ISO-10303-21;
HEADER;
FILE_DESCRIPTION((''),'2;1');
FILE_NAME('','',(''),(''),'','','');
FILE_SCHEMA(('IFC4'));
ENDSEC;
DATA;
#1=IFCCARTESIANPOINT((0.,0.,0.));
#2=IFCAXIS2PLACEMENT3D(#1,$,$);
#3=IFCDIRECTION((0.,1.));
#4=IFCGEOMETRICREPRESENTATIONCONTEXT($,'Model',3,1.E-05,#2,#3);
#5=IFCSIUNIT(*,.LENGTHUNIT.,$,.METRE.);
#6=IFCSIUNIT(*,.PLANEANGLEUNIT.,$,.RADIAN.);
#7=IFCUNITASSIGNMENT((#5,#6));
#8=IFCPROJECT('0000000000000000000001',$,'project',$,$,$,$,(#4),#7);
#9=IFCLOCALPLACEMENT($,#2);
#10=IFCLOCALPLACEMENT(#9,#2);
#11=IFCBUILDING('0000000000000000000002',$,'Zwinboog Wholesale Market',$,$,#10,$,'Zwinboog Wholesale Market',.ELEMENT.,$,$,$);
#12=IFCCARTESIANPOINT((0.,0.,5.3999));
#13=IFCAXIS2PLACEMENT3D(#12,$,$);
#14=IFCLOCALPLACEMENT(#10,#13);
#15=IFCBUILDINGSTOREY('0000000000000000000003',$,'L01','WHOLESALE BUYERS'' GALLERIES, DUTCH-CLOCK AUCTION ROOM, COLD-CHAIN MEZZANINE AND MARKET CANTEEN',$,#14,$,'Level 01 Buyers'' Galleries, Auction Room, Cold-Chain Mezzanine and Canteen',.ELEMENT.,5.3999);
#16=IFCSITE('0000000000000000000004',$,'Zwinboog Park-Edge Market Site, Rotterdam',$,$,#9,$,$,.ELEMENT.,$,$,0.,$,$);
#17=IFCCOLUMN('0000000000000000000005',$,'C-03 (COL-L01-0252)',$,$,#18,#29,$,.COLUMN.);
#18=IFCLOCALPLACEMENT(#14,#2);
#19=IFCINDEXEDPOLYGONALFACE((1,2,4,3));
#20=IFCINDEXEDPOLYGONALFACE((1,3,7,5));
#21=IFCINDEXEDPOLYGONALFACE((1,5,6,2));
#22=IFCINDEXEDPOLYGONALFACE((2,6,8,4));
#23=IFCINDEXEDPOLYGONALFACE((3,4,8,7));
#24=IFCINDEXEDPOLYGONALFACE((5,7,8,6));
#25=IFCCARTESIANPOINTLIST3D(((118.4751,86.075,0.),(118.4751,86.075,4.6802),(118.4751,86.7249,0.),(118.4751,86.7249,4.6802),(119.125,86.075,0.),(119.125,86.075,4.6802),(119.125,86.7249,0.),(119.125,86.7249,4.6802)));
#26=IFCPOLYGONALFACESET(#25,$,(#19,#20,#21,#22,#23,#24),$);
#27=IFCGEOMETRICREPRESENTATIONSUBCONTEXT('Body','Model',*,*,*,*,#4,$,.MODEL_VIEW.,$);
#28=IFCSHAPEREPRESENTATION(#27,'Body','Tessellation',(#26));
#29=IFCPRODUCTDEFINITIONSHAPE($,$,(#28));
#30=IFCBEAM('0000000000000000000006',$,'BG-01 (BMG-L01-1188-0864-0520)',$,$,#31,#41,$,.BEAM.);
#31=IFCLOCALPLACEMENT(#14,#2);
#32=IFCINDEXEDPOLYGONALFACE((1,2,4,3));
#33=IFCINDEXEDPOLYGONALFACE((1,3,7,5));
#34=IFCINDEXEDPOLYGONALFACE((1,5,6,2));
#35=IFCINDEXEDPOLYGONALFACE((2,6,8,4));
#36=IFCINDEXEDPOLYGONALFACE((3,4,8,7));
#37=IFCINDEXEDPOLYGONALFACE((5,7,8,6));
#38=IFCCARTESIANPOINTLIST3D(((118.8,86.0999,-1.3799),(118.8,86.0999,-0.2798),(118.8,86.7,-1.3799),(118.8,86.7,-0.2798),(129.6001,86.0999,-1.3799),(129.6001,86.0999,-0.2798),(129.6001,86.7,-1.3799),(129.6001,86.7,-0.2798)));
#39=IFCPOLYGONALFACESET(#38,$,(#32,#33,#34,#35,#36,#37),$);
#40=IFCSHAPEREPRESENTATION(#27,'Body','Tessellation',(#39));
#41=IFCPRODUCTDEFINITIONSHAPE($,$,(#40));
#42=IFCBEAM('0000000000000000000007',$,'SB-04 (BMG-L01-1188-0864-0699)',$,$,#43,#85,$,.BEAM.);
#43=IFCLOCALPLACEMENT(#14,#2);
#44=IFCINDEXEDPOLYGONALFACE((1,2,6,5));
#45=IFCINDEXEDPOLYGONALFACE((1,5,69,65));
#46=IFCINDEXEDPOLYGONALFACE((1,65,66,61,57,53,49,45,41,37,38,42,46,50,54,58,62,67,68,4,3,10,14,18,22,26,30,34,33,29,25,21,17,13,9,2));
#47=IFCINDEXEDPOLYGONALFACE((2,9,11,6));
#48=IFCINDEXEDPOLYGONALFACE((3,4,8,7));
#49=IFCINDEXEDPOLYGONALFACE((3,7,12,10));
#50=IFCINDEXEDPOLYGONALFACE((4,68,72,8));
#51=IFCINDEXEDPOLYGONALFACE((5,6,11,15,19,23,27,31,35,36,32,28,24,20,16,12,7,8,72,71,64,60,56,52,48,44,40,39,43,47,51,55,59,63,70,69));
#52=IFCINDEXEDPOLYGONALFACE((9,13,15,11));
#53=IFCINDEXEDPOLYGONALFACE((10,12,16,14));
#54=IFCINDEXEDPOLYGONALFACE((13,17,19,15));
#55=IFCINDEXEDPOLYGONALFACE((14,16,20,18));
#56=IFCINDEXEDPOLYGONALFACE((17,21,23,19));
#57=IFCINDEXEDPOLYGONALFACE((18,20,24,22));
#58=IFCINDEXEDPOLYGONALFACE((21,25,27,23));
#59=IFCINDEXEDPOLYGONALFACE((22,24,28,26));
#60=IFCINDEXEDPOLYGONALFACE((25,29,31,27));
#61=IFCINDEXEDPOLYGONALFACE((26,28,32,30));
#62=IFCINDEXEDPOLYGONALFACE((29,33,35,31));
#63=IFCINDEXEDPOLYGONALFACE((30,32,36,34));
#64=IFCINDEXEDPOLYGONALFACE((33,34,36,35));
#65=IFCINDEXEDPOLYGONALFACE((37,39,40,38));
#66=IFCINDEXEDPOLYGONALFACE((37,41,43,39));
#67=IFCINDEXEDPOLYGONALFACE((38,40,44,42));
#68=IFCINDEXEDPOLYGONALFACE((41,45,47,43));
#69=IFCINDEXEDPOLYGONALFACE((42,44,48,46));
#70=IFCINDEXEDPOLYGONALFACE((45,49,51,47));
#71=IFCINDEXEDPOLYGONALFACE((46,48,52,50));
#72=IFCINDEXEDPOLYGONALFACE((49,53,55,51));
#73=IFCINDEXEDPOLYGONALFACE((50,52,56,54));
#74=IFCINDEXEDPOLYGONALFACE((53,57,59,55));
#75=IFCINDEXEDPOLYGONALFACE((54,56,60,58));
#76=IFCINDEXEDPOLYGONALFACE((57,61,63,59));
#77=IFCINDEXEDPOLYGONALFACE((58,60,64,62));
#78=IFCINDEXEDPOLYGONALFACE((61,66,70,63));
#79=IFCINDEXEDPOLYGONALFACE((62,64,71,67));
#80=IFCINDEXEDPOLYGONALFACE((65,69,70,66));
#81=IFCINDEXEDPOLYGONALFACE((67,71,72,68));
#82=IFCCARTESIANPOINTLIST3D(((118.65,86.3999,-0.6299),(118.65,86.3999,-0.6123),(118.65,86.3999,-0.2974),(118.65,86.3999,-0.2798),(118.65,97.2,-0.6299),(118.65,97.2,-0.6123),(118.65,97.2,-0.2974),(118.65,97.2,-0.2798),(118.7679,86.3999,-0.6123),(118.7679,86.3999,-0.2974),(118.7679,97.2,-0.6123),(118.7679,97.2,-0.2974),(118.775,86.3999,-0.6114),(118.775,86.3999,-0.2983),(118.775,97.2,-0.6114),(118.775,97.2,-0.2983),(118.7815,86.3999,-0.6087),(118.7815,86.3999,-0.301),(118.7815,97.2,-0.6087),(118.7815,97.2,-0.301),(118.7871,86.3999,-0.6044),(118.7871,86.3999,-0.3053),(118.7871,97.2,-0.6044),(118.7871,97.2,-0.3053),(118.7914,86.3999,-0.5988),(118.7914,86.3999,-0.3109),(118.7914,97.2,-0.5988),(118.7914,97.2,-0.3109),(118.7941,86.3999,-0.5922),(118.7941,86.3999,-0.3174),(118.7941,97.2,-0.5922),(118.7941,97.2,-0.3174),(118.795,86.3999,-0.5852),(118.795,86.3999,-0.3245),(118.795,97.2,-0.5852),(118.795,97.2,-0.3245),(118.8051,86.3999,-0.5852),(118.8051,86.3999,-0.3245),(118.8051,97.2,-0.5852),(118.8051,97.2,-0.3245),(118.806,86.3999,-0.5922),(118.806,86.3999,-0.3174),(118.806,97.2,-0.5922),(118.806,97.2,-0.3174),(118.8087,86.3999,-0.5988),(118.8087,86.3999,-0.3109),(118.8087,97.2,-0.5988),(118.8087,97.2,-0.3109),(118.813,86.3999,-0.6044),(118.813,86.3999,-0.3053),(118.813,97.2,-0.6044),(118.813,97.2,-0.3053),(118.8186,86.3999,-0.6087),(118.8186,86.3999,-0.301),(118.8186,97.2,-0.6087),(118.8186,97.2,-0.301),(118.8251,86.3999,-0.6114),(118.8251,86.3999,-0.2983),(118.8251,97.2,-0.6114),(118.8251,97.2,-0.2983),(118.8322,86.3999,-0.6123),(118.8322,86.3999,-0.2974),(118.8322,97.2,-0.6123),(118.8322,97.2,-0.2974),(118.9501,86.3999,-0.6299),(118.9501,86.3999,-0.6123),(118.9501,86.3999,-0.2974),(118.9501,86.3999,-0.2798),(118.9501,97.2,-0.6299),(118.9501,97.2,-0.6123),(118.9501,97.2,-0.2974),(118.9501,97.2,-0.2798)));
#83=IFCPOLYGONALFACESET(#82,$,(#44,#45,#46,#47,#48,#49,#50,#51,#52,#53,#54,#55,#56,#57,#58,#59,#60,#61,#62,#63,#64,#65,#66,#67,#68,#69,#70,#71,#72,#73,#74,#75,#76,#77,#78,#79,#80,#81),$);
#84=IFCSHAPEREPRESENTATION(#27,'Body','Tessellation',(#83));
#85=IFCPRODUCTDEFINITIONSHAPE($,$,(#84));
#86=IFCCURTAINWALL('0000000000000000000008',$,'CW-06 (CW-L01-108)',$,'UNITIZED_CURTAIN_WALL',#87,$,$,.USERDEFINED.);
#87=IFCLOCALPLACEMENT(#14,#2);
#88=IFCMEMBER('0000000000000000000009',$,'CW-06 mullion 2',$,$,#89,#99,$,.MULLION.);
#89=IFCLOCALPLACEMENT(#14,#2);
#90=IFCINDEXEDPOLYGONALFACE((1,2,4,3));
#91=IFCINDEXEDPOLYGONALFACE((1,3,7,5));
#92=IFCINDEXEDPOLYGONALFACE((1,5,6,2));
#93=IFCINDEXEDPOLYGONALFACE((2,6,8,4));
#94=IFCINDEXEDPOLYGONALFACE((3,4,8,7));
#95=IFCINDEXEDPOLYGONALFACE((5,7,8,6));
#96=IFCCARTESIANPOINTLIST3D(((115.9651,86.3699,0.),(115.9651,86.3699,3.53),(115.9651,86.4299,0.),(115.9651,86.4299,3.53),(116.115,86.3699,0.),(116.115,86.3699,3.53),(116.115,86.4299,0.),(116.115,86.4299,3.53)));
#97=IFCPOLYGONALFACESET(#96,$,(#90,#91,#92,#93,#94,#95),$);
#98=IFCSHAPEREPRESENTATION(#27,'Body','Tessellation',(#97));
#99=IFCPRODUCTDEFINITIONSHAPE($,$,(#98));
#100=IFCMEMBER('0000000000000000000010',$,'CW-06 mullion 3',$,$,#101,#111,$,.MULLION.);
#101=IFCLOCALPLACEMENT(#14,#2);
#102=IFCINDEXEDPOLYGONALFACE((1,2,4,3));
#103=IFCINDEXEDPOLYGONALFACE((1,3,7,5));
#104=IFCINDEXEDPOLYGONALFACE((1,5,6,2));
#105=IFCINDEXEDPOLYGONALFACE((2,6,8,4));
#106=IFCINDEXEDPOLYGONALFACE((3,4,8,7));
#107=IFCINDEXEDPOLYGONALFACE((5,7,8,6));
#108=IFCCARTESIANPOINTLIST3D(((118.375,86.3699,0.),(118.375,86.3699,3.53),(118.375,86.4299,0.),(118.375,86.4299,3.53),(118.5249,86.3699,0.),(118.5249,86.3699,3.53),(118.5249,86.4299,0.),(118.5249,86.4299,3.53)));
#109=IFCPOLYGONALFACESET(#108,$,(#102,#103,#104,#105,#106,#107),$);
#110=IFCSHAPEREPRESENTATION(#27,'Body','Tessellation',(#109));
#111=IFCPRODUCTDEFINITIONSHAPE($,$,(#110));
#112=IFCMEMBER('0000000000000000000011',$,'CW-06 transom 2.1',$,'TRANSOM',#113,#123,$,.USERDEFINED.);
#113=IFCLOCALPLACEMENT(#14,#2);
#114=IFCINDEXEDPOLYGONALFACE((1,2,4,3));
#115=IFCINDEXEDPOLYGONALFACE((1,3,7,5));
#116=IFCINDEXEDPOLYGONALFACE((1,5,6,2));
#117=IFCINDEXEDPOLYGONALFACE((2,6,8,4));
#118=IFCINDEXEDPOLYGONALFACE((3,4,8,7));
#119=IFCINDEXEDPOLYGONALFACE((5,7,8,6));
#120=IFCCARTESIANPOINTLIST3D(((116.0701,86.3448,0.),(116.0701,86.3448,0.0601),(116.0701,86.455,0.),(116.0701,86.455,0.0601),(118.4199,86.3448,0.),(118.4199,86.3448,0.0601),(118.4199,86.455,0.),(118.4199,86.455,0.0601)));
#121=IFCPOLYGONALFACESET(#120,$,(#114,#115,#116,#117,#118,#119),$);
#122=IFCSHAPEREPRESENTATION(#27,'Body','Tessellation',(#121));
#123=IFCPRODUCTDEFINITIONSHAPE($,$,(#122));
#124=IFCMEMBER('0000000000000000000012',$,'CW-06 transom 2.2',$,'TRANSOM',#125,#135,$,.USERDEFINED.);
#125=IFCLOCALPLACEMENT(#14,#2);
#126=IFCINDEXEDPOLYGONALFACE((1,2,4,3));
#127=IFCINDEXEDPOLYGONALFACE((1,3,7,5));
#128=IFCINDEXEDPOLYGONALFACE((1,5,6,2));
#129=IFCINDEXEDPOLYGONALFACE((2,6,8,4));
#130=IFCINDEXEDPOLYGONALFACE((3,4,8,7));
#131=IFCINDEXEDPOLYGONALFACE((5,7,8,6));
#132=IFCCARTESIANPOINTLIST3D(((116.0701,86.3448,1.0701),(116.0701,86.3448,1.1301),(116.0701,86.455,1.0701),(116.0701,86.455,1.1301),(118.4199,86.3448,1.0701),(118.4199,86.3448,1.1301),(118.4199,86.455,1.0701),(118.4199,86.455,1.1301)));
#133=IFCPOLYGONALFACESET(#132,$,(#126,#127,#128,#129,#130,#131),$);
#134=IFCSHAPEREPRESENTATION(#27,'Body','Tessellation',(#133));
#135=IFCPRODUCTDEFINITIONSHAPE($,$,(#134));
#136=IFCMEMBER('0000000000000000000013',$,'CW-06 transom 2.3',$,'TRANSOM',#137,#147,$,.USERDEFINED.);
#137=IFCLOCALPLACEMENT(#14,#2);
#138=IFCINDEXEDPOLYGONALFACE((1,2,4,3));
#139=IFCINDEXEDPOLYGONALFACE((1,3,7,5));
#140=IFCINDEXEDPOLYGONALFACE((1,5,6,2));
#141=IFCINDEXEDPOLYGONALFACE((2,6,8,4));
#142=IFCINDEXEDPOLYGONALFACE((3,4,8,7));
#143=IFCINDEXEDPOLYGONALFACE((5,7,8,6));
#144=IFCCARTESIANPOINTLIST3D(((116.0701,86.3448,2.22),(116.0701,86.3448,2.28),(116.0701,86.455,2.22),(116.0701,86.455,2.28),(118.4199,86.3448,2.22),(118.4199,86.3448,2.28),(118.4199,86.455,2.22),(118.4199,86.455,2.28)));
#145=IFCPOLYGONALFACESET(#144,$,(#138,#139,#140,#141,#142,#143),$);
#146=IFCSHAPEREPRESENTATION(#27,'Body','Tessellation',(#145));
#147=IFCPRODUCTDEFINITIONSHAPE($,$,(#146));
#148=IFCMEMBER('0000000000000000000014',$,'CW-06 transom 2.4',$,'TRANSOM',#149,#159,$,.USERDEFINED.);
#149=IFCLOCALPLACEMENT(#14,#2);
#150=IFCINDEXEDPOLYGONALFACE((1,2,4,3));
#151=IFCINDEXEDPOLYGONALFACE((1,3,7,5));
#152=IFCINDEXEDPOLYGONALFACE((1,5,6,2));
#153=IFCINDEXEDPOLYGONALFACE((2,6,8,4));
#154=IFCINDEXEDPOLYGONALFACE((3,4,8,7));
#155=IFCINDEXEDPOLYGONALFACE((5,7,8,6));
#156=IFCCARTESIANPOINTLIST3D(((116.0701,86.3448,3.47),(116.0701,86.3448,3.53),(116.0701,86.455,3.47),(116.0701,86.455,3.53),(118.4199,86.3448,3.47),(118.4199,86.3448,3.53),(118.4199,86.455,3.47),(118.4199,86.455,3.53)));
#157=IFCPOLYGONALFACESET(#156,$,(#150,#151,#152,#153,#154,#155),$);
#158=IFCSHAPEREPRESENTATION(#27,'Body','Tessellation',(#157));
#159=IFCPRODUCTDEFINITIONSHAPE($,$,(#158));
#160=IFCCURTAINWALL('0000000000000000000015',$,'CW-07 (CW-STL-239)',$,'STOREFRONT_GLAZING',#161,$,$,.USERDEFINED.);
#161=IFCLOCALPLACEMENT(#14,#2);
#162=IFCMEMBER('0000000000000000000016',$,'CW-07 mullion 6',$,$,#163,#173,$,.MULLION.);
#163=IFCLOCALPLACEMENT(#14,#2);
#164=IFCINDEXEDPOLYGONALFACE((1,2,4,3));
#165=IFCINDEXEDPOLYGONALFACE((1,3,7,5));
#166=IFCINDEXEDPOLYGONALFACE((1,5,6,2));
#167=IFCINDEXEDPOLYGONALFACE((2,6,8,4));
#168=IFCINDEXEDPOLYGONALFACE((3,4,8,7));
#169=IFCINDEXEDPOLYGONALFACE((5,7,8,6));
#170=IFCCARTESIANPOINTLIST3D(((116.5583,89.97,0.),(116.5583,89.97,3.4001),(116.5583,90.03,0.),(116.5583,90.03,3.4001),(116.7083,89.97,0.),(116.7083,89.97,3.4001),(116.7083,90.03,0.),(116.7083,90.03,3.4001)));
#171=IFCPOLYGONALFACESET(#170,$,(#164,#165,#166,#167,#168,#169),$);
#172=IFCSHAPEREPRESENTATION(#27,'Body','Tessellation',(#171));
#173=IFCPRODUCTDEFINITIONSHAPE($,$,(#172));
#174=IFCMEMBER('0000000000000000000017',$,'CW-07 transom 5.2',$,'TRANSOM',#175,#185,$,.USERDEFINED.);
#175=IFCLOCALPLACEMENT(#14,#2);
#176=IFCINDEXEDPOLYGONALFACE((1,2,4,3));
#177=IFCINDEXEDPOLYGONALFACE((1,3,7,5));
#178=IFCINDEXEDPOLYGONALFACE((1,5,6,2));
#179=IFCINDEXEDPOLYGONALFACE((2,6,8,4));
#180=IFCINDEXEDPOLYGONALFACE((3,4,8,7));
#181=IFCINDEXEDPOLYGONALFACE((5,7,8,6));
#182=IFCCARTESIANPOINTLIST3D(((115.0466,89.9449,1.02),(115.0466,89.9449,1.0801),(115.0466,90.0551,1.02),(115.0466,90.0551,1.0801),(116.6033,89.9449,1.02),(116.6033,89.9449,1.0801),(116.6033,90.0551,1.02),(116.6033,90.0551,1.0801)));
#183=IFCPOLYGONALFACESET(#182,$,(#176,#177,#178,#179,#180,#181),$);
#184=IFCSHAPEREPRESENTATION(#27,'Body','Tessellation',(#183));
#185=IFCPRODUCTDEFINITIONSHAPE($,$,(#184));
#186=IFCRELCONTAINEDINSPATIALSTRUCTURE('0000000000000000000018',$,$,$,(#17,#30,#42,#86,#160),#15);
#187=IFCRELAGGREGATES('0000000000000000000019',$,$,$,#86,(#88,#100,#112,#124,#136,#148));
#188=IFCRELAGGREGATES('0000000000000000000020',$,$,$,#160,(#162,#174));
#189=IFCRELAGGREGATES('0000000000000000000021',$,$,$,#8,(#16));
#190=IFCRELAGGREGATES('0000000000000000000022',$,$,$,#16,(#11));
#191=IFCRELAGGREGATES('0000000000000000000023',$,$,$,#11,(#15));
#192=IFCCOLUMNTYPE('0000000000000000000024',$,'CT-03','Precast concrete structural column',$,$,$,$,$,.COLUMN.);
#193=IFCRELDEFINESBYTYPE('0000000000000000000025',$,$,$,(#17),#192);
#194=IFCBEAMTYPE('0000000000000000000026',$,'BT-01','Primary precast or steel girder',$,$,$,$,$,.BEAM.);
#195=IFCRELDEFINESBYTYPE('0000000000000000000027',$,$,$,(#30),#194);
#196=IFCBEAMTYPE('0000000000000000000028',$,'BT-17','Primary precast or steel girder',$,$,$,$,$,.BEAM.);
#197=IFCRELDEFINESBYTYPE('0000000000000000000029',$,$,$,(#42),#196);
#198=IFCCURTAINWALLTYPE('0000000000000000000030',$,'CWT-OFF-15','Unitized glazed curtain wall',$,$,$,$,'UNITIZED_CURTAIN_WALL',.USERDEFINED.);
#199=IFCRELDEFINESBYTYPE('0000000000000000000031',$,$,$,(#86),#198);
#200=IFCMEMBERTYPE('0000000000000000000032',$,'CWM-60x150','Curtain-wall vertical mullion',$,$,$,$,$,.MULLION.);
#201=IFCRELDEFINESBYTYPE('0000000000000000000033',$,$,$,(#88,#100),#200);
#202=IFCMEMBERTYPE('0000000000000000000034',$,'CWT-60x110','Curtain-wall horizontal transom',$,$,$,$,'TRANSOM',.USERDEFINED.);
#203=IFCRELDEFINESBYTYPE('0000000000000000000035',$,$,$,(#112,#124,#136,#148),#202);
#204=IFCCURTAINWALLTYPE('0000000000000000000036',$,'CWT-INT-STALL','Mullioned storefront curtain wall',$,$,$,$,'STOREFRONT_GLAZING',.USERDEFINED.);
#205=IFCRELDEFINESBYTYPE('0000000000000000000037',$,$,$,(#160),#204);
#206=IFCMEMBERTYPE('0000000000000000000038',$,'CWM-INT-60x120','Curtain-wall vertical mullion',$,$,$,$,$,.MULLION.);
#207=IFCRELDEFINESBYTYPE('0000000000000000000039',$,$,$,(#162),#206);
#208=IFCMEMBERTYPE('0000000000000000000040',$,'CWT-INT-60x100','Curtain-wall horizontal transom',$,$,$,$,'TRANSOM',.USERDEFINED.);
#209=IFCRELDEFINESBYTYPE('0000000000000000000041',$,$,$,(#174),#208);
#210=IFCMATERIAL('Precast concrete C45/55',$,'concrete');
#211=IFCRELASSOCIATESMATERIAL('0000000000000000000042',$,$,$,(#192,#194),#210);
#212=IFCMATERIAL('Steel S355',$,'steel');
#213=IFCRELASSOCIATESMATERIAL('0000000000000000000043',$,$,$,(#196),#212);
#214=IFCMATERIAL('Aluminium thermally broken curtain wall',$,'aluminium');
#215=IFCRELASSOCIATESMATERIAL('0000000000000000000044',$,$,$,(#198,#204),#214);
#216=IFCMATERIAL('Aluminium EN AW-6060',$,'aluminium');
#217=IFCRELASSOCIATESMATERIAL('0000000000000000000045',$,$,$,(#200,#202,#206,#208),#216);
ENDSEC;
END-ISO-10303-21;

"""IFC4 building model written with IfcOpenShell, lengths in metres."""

from ifc_helpers import new_model, si_unit, direction, frame, origin, origin_2d, place, context, subcontext, project, spatial, rectangle, i_section, extrude, material, material_profile, profile_set, type_object, element, aggregate, save


model = new_model("IFC4")

# Units and contexts
model_context = context("Model", 3, precision=1e-05, world=origin(), true_north=direction((0.0, 1.0)))
body_context = subcontext(model_context, "Body", "Model", "MODEL_VIEW")
ifc_project = project(units=[si_unit("LENGTHUNIT", "METRE"), si_unit("PLANEANGLEUNIT", "RADIAN")], contexts=[model_context])

# Site, building, storey
site_placement = place(None, origin())
site = spatial("IfcSite", under=ifc_project, at=site_placement, Name="Zwinboog Park-Edge Market Site, Rotterdam", CompositionType="ELEMENT", RefElevation=0.0)
building_placement = place(site_placement, origin())
building = spatial("IfcBuilding", under=site, at=building_placement, Name="Zwinboog Wholesale Market", LongName="Zwinboog Wholesale Market", CompositionType="ELEMENT")
storey_placement = place(building_placement, frame((0.0, 0.0, 5.3999)))
storey = spatial("IfcBuildingStorey", under=building, at=storey_placement, Name="L01", Description="WHOLESALE BUYERS' GALLERIES, DUTCH-CLOCK AUCTION ROOM, COLD-CHAIN MEZZANINE AND MARKET CANTEEN", LongName="Level 01 Buyers' Galleries, Auction Room, Cold-Chain Mezzanine and Canteen", CompositionType="ELEMENT", Elevation=5.3999)

# Column
ifc_material_1 = material(Name="Precast concrete C45/55", Category="concrete")
ifc_material_profile_1 = material_profile(ifc_material_1, rectangle(XDim=0.6499, YDim=0.6499, at=origin_2d()), Name="PC 650x650")
ifc_profile_set_1 = profile_set([ifc_material_profile_1], Name="Precast concrete C45/55")
column_type = type_object("IfcColumnType", Name="CT-03", Description="Precast concrete structural column", PredefinedType="COLUMN", material=ifc_profile_set_1)
column_placement = place(storey_placement, frame((118.8, 86.3999, 0.0), z_axis=(0.0, 0.0, 1.0), x_axis=(1.0, 0.0, 0.0)))
element("IfcColumn", 1, at=column_placement, inside=storey, type_object=column_type, Name="C-03 (COL-L01-0252)", PredefinedType="COLUMN", context=body_context, shape_type="SweptSolid", body=[
    extrude(rectangle(XDim=0.6499, YDim=0.6499, at=origin_2d()), origin(), (0.0, 0.0, 1.0), 4.6802),
])

# Beams
ifc_material_profile_2 = material_profile(ifc_material_1, rectangle(XDim=0.6001, YDim=1.1001, at=origin_2d()), Name="PC 600x1100")
ifc_profile_set_2 = profile_set([ifc_material_profile_2], Name="Precast concrete C45/55")
beam_type_1 = type_object("IfcBeamType", Name="BT-01", Description="Primary precast or steel girder", PredefinedType="BEAM", material=ifc_profile_set_2)
beam_1_placement = place(storey_placement, frame((118.8, 86.3999, -0.8298), z_axis=(1.0, 0.0, 0.0), x_axis=(0.0, 1.0, 0.0)))
element("IfcBeam", 2, at=beam_1_placement, inside=storey, type_object=beam_type_1, Name="BG-01 (BMG-L01-1188-0864-0520)", PredefinedType="BEAM", context=body_context, shape_type="SweptSolid", body=[
    extrude(rectangle(XDim=0.6001, YDim=1.1001, at=origin_2d()), origin(), (0.0, 0.0, 1.0), 10.8),
])
ifc_material_2 = material(Name="Steel S355", Category="steel")
ifc_material_profile_3 = material_profile(ifc_material_2, i_section(OverallWidth=0.3, OverallDepth=0.3501, WebThickness=0.01, FlangeThickness=0.0176, FilletRadius=0.0271, at=origin_2d()), Name="HEA 360")
ifc_profile_set_3 = profile_set([ifc_material_profile_3], Name="Steel S355")
beam_type_2 = type_object("IfcBeamType", Name="BT-17", Description="Primary precast or steel girder", PredefinedType="BEAM", material=ifc_profile_set_3)
beam_2_placement = place(storey_placement, frame((118.8, 86.3999, -0.4548), z_axis=(0.0, 1.0, 0.0), x_axis=(-1.0, 0.0, 0.0)))
element("IfcBeam", 3, at=beam_2_placement, inside=storey, type_object=beam_type_2, Name="SB-04 (BMG-L01-1188-0864-0699)", PredefinedType="BEAM", context=body_context, shape_type="SweptSolid", body=[
    extrude(i_section(OverallWidth=0.3, OverallDepth=0.3501, WebThickness=0.01, FlangeThickness=0.0176, FilletRadius=0.0271, at=origin_2d()), origin(), (0.0, 0.0, 1.0), 10.8),
])

# Curtain walls, members
ifc_material_3 = material(Name="Aluminium thermally broken curtain wall", Category="aluminium")
curtain_wall_type_1 = type_object("IfcCurtainWallType", Name="CWT-OFF-15", Description="Unitized glazed curtain wall", ElementType="UNITIZED_CURTAIN_WALL", PredefinedType="USERDEFINED", material=ifc_material_3)
curtain_wall_1_placement = place(storey_placement, origin())
curtain_wall_1 = element("IfcCurtainWall", 4, at=curtain_wall_1_placement, inside=storey, type_object=curtain_wall_type_1, Name="CW-06 (CW-L01-108)", ObjectType="UNITIZED_CURTAIN_WALL", PredefinedType="USERDEFINED")
ifc_material_4 = material(Name="Aluminium EN AW-6060", Category="aluminium")
ifc_material_profile_4 = material_profile(ifc_material_4, rectangle(XDim=0.0601, YDim=0.1499, at=origin_2d()), Name="AL 60x150")
ifc_profile_set_4 = profile_set([ifc_material_profile_4], Name="Aluminium EN AW-6060")
member_type_1 = type_object("IfcMemberType", Name="CWM-60x150", Description="Curtain-wall vertical mullion", PredefinedType="MULLION", material=ifc_profile_set_4)
member_1_placement = place(storey_placement, frame((116.04, 86.3999, 0.0), z_axis=(0.0, 0.0, 1.0), x_axis=(0.0, 1.0, 0.0)))
member_1 = element("IfcMember", 5, at=member_1_placement, type_object=member_type_1, Name="CW-06 mullion 2", PredefinedType="MULLION", context=body_context, shape_type="SweptSolid", body=[
    extrude(rectangle(XDim=0.0601, YDim=0.1499, at=origin_2d()), origin(), (0.0, 0.0, 1.0), 3.53),
])
member_2_placement = place(storey_placement, frame((118.45, 86.3999, 0.0), z_axis=(0.0, 0.0, 1.0), x_axis=(0.0, 1.0, 0.0)))
member_2 = element("IfcMember", 6, at=member_2_placement, type_object=member_type_1, Name="CW-06 mullion 3", PredefinedType="MULLION", context=body_context, shape_type="SweptSolid", body=[
    extrude(rectangle(XDim=0.0601, YDim=0.1499, at=origin_2d()), origin(), (0.0, 0.0, 1.0), 3.53),
])
ifc_material_profile_5 = material_profile(ifc_material_4, rectangle(XDim=0.1101, YDim=0.0601, at=origin_2d()), Name="AL 60x110")
ifc_profile_set_5 = profile_set([ifc_material_profile_5], Name="Aluminium EN AW-6060")
member_type_2 = type_object("IfcMemberType", Name="CWT-60x110", Description="Curtain-wall horizontal transom", ElementType="TRANSOM", PredefinedType="USERDEFINED", material=ifc_profile_set_5)
member_3_placement = place(storey_placement, frame((116.0701, 86.3999, 0.03), z_axis=(1.0, 0.0, 0.0), x_axis=(0.0, 1.0, 0.0)))
member_3 = element("IfcMember", 7, at=member_3_placement, type_object=member_type_2, Name="CW-06 transom 2.1", ObjectType="TRANSOM", PredefinedType="USERDEFINED", context=body_context, shape_type="SweptSolid", body=[
    extrude(rectangle(XDim=0.1101, YDim=0.0601, at=origin_2d()), origin(), (0.0, 0.0, 1.0), 2.3499),
])
member_4_placement = place(storey_placement, frame((116.0701, 86.3999, 1.1001), z_axis=(1.0, 0.0, 0.0), x_axis=(0.0, 1.0, 0.0)))
member_4 = element("IfcMember", 8, at=member_4_placement, type_object=member_type_2, Name="CW-06 transom 2.2", ObjectType="TRANSOM", PredefinedType="USERDEFINED", context=body_context, shape_type="SweptSolid", body=[
    extrude(rectangle(XDim=0.1101, YDim=0.0601, at=origin_2d()), origin(), (0.0, 0.0, 1.0), 2.3499),
])
member_5_placement = place(storey_placement, frame((116.0701, 86.3999, 2.25), z_axis=(1.0, 0.0, 0.0), x_axis=(0.0, 1.0, 0.0)))
member_5 = element("IfcMember", 9, at=member_5_placement, type_object=member_type_2, Name="CW-06 transom 2.3", ObjectType="TRANSOM", PredefinedType="USERDEFINED", context=body_context, shape_type="SweptSolid", body=[
    extrude(rectangle(XDim=0.1101, YDim=0.0601, at=origin_2d()), origin(), (0.0, 0.0, 1.0), 2.3499),
])
member_6_placement = place(storey_placement, frame((116.0701, 86.3999, 3.5), z_axis=(1.0, 0.0, 0.0), x_axis=(0.0, 1.0, 0.0)))
member_6 = element("IfcMember", 10, at=member_6_placement, type_object=member_type_2, Name="CW-06 transom 2.4", ObjectType="TRANSOM", PredefinedType="USERDEFINED", context=body_context, shape_type="SweptSolid", body=[
    extrude(rectangle(XDim=0.1101, YDim=0.0601, at=origin_2d()), origin(), (0.0, 0.0, 1.0), 2.3499),
])
curtain_wall_type_2 = type_object("IfcCurtainWallType", Name="CWT-INT-STALL", Description="Mullioned storefront curtain wall", ElementType="STOREFRONT_GLAZING", PredefinedType="USERDEFINED", material=ifc_material_3)
curtain_wall_2_placement = place(storey_placement, origin())
curtain_wall_2 = element("IfcCurtainWall", 11, at=curtain_wall_2_placement, inside=storey, type_object=curtain_wall_type_2, Name="CW-07 (CW-STL-239)", ObjectType="STOREFRONT_GLAZING", PredefinedType="USERDEFINED")
ifc_material_profile_6 = material_profile(ifc_material_4, rectangle(XDim=0.0601, YDim=0.1499, at=origin_2d()), Name="AL 60x150")
ifc_profile_set_6 = profile_set([ifc_material_profile_6], Name="Aluminium EN AW-6060")
member_type_3 = type_object("IfcMemberType", Name="CWM-INT-60x120", Description="Curtain-wall vertical mullion", PredefinedType="MULLION", material=ifc_profile_set_6)
member_7_placement = place(storey_placement, frame((116.6333, 90.0, 0.0), z_axis=(0.0, 0.0, 1.0), x_axis=(0.0, 1.0, 0.0)))
member_7 = element("IfcMember", 12, at=member_7_placement, type_object=member_type_3, Name="CW-07 mullion 6", PredefinedType="MULLION", context=body_context, shape_type="SweptSolid", body=[
    extrude(rectangle(XDim=0.0601, YDim=0.1499, at=origin_2d()), origin(), (0.0, 0.0, 1.0), 3.4001),
])
ifc_material_profile_7 = material_profile(ifc_material_4, rectangle(XDim=0.1101, YDim=0.0601, at=origin_2d()), Name="AL 60x110")
ifc_profile_set_7 = profile_set([ifc_material_profile_7], Name="Aluminium EN AW-6060")
member_type_4 = type_object("IfcMemberType", Name="CWT-INT-60x100", Description="Curtain-wall horizontal transom", ElementType="TRANSOM", PredefinedType="USERDEFINED", material=ifc_profile_set_7)
member_8_placement = place(storey_placement, frame((115.0466, 90.0, 1.05), z_axis=(1.0, 0.0, 0.0), x_axis=(0.0, 1.0, 0.0)))
member_8 = element("IfcMember", 13, at=member_8_placement, type_object=member_type_4, Name="CW-07 transom 5.2", ObjectType="TRANSOM", PredefinedType="USERDEFINED", context=body_context, shape_type="SweptSolid", body=[
    extrude(rectangle(XDim=0.1101, YDim=0.0601, at=origin_2d()), origin(), (0.0, 0.0, 1.0), 1.5566),
])

aggregate(curtain_wall_1, [member_1, member_2, member_3, member_4, member_5, member_6])
aggregate(curtain_wall_2, [member_7, member_8])

save(model, "model.ifc")
